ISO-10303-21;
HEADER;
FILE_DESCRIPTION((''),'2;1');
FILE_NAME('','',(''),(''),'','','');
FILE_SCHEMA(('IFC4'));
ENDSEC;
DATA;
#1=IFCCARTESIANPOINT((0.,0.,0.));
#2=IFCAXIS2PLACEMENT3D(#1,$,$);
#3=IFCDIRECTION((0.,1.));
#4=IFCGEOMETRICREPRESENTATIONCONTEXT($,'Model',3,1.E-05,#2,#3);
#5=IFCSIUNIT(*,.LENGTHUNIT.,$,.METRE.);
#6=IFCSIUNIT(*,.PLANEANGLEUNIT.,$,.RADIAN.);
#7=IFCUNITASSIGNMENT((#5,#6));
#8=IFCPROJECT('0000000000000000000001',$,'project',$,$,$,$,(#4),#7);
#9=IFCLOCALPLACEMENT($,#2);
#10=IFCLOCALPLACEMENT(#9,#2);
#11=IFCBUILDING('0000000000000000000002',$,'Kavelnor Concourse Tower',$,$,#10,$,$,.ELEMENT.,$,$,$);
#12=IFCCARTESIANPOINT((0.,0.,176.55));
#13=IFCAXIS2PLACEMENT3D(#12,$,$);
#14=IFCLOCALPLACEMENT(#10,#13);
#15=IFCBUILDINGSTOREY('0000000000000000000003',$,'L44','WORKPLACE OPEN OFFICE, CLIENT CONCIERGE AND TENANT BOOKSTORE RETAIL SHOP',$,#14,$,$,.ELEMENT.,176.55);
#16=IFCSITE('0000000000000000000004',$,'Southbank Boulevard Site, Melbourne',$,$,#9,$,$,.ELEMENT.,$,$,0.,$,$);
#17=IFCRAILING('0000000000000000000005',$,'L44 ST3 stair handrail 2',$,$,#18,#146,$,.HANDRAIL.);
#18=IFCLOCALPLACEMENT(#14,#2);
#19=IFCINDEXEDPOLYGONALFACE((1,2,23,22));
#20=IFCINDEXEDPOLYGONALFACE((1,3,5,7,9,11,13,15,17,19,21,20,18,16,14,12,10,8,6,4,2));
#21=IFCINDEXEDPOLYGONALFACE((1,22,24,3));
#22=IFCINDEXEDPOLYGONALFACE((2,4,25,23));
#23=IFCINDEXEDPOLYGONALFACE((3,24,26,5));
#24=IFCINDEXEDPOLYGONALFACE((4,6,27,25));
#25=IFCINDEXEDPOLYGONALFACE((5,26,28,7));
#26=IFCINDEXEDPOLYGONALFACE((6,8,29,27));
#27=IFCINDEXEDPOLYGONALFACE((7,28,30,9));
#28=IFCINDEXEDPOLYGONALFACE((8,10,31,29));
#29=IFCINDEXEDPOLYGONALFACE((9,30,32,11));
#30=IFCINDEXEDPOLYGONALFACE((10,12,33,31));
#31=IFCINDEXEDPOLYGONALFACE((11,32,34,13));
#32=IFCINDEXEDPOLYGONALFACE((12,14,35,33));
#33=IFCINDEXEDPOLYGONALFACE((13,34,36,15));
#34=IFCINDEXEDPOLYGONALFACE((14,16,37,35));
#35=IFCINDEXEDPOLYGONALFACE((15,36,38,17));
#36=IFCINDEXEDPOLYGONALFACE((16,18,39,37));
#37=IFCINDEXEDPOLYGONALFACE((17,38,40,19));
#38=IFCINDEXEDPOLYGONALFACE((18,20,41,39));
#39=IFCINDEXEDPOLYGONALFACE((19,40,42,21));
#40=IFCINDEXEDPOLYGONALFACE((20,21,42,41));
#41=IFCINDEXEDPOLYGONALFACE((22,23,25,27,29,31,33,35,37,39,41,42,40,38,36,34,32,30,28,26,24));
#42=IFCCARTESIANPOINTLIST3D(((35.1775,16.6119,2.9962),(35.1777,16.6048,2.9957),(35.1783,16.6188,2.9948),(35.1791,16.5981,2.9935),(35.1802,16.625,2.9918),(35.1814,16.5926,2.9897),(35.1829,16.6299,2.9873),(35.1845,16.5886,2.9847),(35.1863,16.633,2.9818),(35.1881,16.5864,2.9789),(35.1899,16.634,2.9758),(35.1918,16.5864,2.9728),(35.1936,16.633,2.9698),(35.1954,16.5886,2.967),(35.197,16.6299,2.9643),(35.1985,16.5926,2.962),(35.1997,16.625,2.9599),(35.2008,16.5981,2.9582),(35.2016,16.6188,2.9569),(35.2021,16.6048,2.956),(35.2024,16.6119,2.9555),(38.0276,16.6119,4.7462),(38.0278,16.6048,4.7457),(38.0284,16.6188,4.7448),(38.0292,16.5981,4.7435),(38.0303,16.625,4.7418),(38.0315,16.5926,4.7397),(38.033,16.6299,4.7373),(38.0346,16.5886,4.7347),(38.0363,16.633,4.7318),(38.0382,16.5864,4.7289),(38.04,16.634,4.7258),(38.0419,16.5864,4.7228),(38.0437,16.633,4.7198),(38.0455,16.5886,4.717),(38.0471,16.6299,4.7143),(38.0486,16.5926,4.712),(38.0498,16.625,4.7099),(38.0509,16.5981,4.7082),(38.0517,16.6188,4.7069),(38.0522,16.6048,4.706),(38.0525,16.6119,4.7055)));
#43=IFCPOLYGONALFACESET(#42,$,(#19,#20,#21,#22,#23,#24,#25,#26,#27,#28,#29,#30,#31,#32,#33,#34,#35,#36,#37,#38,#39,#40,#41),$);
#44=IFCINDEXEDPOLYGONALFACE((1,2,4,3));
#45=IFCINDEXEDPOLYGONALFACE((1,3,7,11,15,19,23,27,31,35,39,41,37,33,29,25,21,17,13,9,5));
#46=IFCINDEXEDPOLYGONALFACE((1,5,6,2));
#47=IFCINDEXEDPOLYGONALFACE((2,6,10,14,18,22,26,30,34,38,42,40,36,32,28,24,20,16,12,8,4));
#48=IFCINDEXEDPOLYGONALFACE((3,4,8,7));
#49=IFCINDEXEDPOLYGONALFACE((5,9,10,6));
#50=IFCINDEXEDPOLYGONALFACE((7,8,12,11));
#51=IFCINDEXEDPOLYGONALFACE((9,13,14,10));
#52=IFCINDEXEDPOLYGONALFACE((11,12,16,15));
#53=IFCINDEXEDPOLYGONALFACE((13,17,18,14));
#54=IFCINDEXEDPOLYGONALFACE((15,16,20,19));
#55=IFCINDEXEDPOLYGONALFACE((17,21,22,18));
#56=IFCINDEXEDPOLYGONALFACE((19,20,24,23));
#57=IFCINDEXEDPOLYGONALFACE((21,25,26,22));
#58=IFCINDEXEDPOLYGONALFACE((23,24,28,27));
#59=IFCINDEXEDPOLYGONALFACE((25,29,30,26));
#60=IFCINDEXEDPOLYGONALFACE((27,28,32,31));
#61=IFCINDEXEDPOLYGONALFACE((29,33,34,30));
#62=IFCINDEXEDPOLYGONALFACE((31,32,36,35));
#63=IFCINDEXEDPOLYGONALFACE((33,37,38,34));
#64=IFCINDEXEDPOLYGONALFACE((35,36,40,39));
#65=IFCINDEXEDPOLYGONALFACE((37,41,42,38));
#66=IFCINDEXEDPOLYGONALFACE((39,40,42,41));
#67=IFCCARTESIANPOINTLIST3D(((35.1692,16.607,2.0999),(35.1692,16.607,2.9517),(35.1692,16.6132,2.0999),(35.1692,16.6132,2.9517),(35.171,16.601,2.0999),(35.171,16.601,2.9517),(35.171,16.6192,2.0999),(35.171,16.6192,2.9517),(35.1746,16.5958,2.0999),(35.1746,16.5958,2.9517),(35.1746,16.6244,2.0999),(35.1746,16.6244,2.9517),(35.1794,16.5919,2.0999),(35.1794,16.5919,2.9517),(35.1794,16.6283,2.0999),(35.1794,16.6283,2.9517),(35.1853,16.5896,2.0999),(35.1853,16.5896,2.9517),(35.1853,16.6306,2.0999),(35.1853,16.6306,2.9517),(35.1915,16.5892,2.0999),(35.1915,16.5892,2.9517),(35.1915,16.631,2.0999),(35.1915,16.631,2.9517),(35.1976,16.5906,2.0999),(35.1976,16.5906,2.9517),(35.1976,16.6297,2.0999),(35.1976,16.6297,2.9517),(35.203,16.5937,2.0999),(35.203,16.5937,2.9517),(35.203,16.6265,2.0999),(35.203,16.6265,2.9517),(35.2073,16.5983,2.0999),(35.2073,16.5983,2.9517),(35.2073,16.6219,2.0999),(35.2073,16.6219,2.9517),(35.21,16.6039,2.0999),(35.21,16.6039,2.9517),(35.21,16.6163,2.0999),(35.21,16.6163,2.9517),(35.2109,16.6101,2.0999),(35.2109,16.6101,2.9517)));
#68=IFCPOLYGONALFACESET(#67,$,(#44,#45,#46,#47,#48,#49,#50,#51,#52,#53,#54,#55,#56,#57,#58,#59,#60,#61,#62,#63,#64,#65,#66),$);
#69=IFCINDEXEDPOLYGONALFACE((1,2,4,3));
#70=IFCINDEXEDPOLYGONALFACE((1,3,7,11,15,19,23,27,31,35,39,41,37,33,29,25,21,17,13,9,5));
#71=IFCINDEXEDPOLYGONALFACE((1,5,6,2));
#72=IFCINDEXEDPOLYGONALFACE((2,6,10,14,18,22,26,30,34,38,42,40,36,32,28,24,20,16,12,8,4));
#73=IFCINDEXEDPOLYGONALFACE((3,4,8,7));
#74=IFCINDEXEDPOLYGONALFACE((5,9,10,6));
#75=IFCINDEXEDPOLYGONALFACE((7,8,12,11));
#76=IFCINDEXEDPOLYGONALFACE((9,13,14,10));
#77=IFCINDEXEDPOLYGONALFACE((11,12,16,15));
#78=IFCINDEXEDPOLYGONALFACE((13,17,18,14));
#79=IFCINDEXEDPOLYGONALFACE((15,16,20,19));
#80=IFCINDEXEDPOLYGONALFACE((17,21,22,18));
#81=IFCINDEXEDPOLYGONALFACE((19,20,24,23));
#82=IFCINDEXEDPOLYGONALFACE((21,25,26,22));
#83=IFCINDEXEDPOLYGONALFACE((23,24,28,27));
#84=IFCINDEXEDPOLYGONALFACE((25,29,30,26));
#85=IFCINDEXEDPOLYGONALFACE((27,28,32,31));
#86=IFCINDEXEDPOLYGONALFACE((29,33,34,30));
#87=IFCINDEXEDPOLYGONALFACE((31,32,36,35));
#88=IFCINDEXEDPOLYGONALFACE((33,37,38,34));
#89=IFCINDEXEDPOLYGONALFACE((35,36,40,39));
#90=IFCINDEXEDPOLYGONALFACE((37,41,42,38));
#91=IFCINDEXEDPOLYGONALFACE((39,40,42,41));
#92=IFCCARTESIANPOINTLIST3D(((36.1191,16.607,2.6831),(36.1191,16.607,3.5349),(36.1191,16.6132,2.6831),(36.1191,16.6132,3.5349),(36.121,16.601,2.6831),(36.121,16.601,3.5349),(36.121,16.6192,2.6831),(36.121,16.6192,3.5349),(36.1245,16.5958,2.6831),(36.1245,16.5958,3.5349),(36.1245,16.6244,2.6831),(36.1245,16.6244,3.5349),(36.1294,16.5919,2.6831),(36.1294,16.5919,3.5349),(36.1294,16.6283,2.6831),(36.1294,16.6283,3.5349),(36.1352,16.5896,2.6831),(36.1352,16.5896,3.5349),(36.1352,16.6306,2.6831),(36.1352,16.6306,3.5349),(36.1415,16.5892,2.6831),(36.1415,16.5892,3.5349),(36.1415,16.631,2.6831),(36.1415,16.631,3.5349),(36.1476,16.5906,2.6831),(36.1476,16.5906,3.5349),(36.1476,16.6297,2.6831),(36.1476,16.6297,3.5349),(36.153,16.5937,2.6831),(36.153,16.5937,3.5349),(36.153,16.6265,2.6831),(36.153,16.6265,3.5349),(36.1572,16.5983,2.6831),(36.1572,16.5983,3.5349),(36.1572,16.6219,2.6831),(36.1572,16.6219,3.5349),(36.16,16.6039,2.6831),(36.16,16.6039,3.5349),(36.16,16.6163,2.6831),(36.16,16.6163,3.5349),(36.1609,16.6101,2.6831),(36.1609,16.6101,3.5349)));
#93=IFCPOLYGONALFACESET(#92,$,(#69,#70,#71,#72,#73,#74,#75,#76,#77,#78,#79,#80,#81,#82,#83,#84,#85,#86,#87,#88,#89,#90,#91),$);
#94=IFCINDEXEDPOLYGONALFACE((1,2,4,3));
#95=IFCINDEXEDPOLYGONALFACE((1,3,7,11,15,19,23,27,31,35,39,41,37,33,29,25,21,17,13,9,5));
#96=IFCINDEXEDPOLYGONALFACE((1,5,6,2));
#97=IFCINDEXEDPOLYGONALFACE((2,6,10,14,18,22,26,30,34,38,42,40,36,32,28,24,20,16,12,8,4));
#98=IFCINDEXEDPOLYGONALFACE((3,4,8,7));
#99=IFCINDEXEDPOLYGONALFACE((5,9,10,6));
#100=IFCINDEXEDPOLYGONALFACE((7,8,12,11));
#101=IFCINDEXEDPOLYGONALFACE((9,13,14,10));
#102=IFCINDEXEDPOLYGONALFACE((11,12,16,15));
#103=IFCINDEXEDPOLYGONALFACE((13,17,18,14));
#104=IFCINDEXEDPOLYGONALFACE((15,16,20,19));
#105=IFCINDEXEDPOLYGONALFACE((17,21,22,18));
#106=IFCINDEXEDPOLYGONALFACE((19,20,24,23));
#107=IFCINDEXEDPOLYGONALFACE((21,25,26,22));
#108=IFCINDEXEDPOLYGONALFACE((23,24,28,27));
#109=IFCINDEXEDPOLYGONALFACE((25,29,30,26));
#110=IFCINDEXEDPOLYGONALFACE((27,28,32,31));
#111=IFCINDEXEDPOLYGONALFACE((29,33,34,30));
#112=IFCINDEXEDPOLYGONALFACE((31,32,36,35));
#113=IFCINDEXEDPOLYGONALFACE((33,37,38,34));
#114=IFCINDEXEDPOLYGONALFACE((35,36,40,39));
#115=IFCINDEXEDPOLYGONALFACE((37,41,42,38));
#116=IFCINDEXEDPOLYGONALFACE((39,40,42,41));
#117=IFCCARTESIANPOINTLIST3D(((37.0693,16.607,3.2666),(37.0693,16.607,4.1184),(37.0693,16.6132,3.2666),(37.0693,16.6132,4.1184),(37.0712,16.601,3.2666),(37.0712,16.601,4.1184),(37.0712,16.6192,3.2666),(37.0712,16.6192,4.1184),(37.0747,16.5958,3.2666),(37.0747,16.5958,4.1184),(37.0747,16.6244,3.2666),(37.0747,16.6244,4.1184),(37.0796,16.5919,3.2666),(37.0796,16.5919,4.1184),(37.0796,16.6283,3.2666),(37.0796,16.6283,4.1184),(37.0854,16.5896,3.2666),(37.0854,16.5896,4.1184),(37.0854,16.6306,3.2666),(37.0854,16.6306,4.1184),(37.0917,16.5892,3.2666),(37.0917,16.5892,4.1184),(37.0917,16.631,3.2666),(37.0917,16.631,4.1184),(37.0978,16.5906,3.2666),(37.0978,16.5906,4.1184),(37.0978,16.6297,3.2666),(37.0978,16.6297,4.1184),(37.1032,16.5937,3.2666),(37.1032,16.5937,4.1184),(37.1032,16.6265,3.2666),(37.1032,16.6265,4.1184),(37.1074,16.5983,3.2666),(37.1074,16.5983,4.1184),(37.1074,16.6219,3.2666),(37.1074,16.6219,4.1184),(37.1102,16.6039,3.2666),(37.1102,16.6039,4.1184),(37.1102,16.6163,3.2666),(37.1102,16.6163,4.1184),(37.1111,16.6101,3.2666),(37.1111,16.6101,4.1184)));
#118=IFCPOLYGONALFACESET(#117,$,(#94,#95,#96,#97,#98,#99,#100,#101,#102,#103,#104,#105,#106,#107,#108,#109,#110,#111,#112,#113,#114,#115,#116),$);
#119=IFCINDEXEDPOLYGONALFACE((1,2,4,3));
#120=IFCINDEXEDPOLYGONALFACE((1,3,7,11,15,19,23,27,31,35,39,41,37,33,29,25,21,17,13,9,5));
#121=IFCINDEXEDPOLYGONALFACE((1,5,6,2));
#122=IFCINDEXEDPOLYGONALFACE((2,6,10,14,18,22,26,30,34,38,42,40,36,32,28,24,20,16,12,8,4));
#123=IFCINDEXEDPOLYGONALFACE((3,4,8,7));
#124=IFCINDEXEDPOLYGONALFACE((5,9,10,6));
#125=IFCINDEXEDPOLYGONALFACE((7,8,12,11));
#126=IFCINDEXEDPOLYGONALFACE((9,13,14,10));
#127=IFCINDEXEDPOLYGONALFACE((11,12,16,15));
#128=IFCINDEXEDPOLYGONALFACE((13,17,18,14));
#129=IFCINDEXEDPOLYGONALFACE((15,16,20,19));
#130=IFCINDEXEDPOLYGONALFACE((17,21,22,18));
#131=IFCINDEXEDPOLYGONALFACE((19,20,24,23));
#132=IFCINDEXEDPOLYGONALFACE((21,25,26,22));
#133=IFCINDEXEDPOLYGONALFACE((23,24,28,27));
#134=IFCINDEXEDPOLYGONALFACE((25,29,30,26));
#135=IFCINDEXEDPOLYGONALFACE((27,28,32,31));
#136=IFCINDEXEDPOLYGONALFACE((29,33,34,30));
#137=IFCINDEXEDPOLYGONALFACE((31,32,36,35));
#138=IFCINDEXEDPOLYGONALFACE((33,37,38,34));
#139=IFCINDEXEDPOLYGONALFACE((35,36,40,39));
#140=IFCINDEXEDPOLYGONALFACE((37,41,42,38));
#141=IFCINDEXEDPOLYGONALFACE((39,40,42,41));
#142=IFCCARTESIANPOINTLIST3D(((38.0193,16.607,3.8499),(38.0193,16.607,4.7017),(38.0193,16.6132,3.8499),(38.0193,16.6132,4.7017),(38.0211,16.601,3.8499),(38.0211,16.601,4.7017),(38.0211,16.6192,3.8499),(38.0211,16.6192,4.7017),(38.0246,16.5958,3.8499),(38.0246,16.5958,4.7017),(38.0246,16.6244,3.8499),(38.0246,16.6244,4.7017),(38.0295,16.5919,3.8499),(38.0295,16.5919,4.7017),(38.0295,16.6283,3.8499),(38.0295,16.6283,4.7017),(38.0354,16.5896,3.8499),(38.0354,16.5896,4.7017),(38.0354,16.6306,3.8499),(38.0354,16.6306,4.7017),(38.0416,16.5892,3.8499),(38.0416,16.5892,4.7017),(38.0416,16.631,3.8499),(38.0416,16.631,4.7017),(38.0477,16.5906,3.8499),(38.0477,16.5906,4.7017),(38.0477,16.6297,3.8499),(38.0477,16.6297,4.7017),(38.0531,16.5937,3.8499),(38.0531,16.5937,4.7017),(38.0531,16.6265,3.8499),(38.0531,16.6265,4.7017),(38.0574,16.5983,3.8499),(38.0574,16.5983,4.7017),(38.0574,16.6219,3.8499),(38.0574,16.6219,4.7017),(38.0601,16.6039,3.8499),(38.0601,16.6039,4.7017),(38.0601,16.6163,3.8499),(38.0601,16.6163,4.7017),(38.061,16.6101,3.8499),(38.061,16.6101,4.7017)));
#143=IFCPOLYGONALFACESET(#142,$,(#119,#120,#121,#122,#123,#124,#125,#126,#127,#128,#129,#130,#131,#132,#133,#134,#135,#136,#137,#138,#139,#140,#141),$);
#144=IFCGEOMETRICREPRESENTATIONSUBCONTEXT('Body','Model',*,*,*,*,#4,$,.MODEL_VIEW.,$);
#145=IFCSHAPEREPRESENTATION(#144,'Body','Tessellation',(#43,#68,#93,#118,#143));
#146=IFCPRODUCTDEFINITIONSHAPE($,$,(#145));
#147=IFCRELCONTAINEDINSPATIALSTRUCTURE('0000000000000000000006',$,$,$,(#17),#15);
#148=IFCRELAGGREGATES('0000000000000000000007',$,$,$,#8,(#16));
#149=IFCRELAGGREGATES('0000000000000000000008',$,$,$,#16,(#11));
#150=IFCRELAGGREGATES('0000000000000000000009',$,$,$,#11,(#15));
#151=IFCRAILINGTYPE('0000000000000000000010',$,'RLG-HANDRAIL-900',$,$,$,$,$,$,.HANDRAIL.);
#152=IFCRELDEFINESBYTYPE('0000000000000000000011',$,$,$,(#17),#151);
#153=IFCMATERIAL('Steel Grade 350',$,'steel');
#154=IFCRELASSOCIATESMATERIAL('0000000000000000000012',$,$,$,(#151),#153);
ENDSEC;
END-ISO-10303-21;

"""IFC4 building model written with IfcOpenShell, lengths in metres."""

from ifc_helpers import new_model, si_unit, direction, frame, origin, origin_2d, place, context, subcontext, project, spatial, circle, extrude, material, type_object, element, save


model = new_model("IFC4")

# Units and contexts
model_context = context("Model", 3, precision=1e-05, world=origin(), true_north=direction((0.0, 1.0)))
body_context = subcontext(model_context, "Body", "Model", "MODEL_VIEW")
ifc_project = project(units=[si_unit("LENGTHUNIT", "METRE"), si_unit("PLANEANGLEUNIT", "RADIAN")], contexts=[model_context])

# Site, building, storey
site_placement = place(None, origin())
site = spatial("IfcSite", under=ifc_project, at=site_placement, Name="Southbank Boulevard Site, Melbourne", CompositionType="ELEMENT", RefElevation=0.0)
building_placement = place(site_placement, origin())
building = spatial("IfcBuilding", under=site, at=building_placement, Name="Kavelnor Concourse Tower", CompositionType="ELEMENT")
storey_placement = place(building_placement, frame((0.0, 0.0, 176.55)))
storey = spatial("IfcBuildingStorey", under=building, at=storey_placement, Name="L44", Description="WORKPLACE OPEN OFFICE, CLIENT CONCIERGE AND TENANT BOOKSTORE RETAIL SHOP", CompositionType="ELEMENT", Elevation=176.55)

# Shared definitions
ifc_material_1 = material(Name="Steel Grade 350", Category="steel")

# Railing
railing_type_1 = type_object("IfcRailingType", Name="RLG-HANDRAIL-900", PredefinedType="HANDRAIL", material=ifc_material_1)
railing_1_placement = place(storey_placement, frame((35.1899, 16.6101, 2.0999)))
element("IfcRailing", 1, at=railing_1_placement, inside=storey, type_object=railing_type_1, Name="L44 ST3 stair handrail 2", PredefinedType="HANDRAIL", context=body_context, shape_type="SweptSolid", body=[
    extrude(circle(Radius=0.0239, at=origin_2d()), frame((0.0, 0.0, 0.876), z_axis=(0.852179, 0.0, 0.52325), x_axis=(0.0, 1.0, 0.0)), (0.0, 0.0, 1.0), 3.3445),
    extrude(circle(Radius=0.021, at=origin_2d()), origin(), (0.0, 0.0, 1.0), 0.8518),
    extrude(circle(Radius=0.021, at=origin_2d()), frame((0.95, 0.0, 0.5833)), (0.0, 0.0, 1.0), 0.8518),
    extrude(circle(Radius=0.021, at=origin_2d()), frame((1.9001, 0.0, 1.1667)), (0.0, 0.0, 1.0), 0.8518),
    extrude(circle(Radius=0.021, at=origin_2d()), frame((2.8501, 0.0, 1.75)), (0.0, 0.0, 1.0), 0.8518),
])

save(model, "model.ifc")
